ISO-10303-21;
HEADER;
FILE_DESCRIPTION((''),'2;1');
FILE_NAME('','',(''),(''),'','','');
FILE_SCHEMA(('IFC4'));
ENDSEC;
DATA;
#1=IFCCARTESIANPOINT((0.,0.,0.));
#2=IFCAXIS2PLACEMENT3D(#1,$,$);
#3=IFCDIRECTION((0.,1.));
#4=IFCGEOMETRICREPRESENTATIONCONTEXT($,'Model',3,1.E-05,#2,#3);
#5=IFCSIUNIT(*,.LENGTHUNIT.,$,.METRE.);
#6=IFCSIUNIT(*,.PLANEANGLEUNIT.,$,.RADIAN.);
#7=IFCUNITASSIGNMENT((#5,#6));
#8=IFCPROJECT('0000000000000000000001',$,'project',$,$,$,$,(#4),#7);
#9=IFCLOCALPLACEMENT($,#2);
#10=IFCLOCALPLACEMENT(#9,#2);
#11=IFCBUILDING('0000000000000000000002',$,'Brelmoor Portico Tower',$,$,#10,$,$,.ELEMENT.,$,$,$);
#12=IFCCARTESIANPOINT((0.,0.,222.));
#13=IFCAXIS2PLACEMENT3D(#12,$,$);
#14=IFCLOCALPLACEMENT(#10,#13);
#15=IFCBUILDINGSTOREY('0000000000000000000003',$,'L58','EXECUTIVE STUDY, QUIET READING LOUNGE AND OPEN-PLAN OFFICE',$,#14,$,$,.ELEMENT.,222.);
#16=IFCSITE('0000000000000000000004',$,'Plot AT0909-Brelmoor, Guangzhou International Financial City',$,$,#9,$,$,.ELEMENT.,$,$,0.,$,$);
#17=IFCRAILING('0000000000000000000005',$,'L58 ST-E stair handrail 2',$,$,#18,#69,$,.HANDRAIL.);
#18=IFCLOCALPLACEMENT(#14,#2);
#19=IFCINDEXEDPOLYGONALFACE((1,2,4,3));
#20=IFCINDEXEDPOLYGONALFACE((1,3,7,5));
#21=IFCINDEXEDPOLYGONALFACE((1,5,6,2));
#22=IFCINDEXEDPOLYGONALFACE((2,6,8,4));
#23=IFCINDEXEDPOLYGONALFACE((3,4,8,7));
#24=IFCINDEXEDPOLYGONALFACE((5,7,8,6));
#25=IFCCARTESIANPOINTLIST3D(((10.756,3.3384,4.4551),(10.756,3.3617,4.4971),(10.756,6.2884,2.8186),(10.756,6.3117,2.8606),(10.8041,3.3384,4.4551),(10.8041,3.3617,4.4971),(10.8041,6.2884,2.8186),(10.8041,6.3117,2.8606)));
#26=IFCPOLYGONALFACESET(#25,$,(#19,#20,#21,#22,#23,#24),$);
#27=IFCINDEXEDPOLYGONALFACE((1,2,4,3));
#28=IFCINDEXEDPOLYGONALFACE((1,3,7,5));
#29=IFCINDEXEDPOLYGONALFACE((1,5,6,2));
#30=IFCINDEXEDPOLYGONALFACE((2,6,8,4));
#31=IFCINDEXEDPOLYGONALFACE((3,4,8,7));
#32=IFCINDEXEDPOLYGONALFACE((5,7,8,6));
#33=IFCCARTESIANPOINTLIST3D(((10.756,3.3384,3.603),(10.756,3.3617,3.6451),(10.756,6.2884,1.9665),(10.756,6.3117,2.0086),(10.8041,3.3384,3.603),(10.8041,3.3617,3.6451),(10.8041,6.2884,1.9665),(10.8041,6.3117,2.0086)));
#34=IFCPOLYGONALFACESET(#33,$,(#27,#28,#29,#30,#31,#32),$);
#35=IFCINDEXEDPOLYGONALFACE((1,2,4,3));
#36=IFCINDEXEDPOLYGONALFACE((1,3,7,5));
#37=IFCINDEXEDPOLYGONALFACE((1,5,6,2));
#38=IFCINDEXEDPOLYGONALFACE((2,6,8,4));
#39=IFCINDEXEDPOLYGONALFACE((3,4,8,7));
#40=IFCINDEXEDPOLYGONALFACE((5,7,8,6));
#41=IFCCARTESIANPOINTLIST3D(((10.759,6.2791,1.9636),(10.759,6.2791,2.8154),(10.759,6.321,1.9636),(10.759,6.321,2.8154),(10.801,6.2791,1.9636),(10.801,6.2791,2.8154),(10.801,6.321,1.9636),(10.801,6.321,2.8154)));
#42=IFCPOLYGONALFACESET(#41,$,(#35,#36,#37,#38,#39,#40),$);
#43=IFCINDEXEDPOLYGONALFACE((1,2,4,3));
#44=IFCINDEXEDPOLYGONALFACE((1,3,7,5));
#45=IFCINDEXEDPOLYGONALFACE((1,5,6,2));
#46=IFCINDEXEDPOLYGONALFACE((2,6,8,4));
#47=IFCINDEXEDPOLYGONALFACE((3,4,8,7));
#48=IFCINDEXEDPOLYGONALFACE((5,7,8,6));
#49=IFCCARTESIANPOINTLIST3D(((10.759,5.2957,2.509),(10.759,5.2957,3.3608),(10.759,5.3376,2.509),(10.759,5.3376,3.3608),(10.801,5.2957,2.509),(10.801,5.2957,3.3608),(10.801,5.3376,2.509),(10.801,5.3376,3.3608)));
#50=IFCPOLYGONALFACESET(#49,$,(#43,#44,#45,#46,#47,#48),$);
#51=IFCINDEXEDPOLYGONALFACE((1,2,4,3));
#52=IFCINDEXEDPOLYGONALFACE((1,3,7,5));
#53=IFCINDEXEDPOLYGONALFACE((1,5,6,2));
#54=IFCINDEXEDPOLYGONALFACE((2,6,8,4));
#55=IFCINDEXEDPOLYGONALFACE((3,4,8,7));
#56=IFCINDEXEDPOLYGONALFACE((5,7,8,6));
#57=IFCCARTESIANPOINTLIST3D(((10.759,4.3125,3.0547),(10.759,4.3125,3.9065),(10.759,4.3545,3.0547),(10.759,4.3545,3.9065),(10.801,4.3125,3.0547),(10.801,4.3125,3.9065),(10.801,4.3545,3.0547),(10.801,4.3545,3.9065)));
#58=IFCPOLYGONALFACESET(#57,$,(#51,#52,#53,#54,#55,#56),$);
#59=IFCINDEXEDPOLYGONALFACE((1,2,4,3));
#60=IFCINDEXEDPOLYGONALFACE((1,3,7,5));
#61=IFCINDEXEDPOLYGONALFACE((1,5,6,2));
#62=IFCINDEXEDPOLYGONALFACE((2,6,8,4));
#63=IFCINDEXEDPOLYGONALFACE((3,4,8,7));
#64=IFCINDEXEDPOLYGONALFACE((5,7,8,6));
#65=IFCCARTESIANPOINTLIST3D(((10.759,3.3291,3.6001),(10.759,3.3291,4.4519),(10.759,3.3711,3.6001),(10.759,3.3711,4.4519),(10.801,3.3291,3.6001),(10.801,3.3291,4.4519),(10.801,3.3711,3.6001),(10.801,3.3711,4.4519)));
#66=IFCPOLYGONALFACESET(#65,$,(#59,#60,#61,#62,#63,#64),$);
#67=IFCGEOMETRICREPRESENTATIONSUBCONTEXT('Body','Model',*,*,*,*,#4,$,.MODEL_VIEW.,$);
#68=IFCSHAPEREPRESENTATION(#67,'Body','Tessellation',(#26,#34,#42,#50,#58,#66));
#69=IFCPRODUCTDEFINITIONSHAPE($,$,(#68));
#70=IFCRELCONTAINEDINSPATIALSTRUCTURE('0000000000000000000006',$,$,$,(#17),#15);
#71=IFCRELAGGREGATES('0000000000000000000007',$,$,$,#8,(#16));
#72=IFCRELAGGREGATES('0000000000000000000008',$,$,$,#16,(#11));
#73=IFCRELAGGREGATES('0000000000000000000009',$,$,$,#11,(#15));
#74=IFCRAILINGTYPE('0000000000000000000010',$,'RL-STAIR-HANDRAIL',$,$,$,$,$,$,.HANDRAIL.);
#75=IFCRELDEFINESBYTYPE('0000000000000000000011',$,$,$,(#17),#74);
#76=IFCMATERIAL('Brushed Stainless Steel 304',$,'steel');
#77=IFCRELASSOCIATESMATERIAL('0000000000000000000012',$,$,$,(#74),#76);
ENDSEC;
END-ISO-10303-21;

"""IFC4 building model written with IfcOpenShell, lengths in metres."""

from ifc_helpers import new_model, si_unit, direction, frame, origin, origin_2d, place, context, subcontext, project, spatial, rectangle, extrude, material, type_object, element, save


model = new_model("IFC4")

# Units and contexts
model_context = context("Model", 3, precision=1e-05, world=origin(), true_north=direction((0.0, 1.0)))
body_context = subcontext(model_context, "Body", "Model", "MODEL_VIEW")
ifc_project = project(units=[si_unit("LENGTHUNIT", "METRE"), si_unit("PLANEANGLEUNIT", "RADIAN")], contexts=[model_context])

# Site, building, storey
site_placement = place(None, origin())
site = spatial("IfcSite", under=ifc_project, at=site_placement, Name="Plot AT0909-Brelmoor, Guangzhou International Financial City", CompositionType="ELEMENT", RefElevation=0.0)
building_placement = place(site_placement, origin())
building = spatial("IfcBuilding", under=site, at=building_placement, Name="Brelmoor Portico Tower", CompositionType="ELEMENT")
storey_placement = place(building_placement, frame((0.0, 0.0, 222.0)))
storey = spatial("IfcBuildingStorey", under=building, at=storey_placement, Name="L58", Description="EXECUTIVE STUDY, QUIET READING LOUNGE AND OPEN-PLAN OFFICE", CompositionType="ELEMENT", Elevation=222.0)

# Railing
ifc_material_1 = material(Name="Brushed Stainless Steel 304", Category="steel")
railing_type_1 = type_object("IfcRailingType", Name="RL-STAIR-HANDRAIL", PredefinedType="HANDRAIL", material=ifc_material_1)
railing_1_placement = place(storey_placement, frame((10.78, 6.3, 1.9636)))
element("IfcRailing", 1, at=railing_1_placement, inside=storey, type_object=railing_type_1, Name="L58 ST-E stair handrail 2", PredefinedType="HANDRAIL", context=body_context, shape_type="SweptSolid", body=[
    extrude(rectangle(XDim=0.0481, YDim=0.0481, at=origin_2d()), frame((0.0, 0.0, 0.876), z_axis=(0.0, -0.874458, 0.485102), x_axis=(1.0, 0.0, 0.0)), (0.0, 0.0, 1.0), 3.3735),
    extrude(rectangle(XDim=0.0481, YDim=0.0481, at=origin_2d()), frame((0.0, 0.0, 0.0239), z_axis=(0.0, -0.874458, 0.485102), x_axis=(1.0, 0.0, 0.0)), (0.0, 0.0, 1.0), 3.3735),
    extrude(rectangle(XDim=0.042, YDim=0.042, at=origin_2d()), origin(), (0.0, 0.0, 1.0), 0.8518),
    extrude(rectangle(XDim=0.042, YDim=0.042, at=origin_2d()), frame((0.0, -0.9834, 0.5454)), (0.0, 0.0, 1.0), 0.8518),
    extrude(rectangle(XDim=0.042, YDim=0.042, at=origin_2d()), frame((0.0, -1.9666, 1.0911)), (0.0, 0.0, 1.0), 0.8518),
    extrude(rectangle(XDim=0.042, YDim=0.042, at=origin_2d()), frame((0.0, -2.95, 1.6365)), (0.0, 0.0, 1.0), 0.8518),
])

save(model, "model.ifc")
